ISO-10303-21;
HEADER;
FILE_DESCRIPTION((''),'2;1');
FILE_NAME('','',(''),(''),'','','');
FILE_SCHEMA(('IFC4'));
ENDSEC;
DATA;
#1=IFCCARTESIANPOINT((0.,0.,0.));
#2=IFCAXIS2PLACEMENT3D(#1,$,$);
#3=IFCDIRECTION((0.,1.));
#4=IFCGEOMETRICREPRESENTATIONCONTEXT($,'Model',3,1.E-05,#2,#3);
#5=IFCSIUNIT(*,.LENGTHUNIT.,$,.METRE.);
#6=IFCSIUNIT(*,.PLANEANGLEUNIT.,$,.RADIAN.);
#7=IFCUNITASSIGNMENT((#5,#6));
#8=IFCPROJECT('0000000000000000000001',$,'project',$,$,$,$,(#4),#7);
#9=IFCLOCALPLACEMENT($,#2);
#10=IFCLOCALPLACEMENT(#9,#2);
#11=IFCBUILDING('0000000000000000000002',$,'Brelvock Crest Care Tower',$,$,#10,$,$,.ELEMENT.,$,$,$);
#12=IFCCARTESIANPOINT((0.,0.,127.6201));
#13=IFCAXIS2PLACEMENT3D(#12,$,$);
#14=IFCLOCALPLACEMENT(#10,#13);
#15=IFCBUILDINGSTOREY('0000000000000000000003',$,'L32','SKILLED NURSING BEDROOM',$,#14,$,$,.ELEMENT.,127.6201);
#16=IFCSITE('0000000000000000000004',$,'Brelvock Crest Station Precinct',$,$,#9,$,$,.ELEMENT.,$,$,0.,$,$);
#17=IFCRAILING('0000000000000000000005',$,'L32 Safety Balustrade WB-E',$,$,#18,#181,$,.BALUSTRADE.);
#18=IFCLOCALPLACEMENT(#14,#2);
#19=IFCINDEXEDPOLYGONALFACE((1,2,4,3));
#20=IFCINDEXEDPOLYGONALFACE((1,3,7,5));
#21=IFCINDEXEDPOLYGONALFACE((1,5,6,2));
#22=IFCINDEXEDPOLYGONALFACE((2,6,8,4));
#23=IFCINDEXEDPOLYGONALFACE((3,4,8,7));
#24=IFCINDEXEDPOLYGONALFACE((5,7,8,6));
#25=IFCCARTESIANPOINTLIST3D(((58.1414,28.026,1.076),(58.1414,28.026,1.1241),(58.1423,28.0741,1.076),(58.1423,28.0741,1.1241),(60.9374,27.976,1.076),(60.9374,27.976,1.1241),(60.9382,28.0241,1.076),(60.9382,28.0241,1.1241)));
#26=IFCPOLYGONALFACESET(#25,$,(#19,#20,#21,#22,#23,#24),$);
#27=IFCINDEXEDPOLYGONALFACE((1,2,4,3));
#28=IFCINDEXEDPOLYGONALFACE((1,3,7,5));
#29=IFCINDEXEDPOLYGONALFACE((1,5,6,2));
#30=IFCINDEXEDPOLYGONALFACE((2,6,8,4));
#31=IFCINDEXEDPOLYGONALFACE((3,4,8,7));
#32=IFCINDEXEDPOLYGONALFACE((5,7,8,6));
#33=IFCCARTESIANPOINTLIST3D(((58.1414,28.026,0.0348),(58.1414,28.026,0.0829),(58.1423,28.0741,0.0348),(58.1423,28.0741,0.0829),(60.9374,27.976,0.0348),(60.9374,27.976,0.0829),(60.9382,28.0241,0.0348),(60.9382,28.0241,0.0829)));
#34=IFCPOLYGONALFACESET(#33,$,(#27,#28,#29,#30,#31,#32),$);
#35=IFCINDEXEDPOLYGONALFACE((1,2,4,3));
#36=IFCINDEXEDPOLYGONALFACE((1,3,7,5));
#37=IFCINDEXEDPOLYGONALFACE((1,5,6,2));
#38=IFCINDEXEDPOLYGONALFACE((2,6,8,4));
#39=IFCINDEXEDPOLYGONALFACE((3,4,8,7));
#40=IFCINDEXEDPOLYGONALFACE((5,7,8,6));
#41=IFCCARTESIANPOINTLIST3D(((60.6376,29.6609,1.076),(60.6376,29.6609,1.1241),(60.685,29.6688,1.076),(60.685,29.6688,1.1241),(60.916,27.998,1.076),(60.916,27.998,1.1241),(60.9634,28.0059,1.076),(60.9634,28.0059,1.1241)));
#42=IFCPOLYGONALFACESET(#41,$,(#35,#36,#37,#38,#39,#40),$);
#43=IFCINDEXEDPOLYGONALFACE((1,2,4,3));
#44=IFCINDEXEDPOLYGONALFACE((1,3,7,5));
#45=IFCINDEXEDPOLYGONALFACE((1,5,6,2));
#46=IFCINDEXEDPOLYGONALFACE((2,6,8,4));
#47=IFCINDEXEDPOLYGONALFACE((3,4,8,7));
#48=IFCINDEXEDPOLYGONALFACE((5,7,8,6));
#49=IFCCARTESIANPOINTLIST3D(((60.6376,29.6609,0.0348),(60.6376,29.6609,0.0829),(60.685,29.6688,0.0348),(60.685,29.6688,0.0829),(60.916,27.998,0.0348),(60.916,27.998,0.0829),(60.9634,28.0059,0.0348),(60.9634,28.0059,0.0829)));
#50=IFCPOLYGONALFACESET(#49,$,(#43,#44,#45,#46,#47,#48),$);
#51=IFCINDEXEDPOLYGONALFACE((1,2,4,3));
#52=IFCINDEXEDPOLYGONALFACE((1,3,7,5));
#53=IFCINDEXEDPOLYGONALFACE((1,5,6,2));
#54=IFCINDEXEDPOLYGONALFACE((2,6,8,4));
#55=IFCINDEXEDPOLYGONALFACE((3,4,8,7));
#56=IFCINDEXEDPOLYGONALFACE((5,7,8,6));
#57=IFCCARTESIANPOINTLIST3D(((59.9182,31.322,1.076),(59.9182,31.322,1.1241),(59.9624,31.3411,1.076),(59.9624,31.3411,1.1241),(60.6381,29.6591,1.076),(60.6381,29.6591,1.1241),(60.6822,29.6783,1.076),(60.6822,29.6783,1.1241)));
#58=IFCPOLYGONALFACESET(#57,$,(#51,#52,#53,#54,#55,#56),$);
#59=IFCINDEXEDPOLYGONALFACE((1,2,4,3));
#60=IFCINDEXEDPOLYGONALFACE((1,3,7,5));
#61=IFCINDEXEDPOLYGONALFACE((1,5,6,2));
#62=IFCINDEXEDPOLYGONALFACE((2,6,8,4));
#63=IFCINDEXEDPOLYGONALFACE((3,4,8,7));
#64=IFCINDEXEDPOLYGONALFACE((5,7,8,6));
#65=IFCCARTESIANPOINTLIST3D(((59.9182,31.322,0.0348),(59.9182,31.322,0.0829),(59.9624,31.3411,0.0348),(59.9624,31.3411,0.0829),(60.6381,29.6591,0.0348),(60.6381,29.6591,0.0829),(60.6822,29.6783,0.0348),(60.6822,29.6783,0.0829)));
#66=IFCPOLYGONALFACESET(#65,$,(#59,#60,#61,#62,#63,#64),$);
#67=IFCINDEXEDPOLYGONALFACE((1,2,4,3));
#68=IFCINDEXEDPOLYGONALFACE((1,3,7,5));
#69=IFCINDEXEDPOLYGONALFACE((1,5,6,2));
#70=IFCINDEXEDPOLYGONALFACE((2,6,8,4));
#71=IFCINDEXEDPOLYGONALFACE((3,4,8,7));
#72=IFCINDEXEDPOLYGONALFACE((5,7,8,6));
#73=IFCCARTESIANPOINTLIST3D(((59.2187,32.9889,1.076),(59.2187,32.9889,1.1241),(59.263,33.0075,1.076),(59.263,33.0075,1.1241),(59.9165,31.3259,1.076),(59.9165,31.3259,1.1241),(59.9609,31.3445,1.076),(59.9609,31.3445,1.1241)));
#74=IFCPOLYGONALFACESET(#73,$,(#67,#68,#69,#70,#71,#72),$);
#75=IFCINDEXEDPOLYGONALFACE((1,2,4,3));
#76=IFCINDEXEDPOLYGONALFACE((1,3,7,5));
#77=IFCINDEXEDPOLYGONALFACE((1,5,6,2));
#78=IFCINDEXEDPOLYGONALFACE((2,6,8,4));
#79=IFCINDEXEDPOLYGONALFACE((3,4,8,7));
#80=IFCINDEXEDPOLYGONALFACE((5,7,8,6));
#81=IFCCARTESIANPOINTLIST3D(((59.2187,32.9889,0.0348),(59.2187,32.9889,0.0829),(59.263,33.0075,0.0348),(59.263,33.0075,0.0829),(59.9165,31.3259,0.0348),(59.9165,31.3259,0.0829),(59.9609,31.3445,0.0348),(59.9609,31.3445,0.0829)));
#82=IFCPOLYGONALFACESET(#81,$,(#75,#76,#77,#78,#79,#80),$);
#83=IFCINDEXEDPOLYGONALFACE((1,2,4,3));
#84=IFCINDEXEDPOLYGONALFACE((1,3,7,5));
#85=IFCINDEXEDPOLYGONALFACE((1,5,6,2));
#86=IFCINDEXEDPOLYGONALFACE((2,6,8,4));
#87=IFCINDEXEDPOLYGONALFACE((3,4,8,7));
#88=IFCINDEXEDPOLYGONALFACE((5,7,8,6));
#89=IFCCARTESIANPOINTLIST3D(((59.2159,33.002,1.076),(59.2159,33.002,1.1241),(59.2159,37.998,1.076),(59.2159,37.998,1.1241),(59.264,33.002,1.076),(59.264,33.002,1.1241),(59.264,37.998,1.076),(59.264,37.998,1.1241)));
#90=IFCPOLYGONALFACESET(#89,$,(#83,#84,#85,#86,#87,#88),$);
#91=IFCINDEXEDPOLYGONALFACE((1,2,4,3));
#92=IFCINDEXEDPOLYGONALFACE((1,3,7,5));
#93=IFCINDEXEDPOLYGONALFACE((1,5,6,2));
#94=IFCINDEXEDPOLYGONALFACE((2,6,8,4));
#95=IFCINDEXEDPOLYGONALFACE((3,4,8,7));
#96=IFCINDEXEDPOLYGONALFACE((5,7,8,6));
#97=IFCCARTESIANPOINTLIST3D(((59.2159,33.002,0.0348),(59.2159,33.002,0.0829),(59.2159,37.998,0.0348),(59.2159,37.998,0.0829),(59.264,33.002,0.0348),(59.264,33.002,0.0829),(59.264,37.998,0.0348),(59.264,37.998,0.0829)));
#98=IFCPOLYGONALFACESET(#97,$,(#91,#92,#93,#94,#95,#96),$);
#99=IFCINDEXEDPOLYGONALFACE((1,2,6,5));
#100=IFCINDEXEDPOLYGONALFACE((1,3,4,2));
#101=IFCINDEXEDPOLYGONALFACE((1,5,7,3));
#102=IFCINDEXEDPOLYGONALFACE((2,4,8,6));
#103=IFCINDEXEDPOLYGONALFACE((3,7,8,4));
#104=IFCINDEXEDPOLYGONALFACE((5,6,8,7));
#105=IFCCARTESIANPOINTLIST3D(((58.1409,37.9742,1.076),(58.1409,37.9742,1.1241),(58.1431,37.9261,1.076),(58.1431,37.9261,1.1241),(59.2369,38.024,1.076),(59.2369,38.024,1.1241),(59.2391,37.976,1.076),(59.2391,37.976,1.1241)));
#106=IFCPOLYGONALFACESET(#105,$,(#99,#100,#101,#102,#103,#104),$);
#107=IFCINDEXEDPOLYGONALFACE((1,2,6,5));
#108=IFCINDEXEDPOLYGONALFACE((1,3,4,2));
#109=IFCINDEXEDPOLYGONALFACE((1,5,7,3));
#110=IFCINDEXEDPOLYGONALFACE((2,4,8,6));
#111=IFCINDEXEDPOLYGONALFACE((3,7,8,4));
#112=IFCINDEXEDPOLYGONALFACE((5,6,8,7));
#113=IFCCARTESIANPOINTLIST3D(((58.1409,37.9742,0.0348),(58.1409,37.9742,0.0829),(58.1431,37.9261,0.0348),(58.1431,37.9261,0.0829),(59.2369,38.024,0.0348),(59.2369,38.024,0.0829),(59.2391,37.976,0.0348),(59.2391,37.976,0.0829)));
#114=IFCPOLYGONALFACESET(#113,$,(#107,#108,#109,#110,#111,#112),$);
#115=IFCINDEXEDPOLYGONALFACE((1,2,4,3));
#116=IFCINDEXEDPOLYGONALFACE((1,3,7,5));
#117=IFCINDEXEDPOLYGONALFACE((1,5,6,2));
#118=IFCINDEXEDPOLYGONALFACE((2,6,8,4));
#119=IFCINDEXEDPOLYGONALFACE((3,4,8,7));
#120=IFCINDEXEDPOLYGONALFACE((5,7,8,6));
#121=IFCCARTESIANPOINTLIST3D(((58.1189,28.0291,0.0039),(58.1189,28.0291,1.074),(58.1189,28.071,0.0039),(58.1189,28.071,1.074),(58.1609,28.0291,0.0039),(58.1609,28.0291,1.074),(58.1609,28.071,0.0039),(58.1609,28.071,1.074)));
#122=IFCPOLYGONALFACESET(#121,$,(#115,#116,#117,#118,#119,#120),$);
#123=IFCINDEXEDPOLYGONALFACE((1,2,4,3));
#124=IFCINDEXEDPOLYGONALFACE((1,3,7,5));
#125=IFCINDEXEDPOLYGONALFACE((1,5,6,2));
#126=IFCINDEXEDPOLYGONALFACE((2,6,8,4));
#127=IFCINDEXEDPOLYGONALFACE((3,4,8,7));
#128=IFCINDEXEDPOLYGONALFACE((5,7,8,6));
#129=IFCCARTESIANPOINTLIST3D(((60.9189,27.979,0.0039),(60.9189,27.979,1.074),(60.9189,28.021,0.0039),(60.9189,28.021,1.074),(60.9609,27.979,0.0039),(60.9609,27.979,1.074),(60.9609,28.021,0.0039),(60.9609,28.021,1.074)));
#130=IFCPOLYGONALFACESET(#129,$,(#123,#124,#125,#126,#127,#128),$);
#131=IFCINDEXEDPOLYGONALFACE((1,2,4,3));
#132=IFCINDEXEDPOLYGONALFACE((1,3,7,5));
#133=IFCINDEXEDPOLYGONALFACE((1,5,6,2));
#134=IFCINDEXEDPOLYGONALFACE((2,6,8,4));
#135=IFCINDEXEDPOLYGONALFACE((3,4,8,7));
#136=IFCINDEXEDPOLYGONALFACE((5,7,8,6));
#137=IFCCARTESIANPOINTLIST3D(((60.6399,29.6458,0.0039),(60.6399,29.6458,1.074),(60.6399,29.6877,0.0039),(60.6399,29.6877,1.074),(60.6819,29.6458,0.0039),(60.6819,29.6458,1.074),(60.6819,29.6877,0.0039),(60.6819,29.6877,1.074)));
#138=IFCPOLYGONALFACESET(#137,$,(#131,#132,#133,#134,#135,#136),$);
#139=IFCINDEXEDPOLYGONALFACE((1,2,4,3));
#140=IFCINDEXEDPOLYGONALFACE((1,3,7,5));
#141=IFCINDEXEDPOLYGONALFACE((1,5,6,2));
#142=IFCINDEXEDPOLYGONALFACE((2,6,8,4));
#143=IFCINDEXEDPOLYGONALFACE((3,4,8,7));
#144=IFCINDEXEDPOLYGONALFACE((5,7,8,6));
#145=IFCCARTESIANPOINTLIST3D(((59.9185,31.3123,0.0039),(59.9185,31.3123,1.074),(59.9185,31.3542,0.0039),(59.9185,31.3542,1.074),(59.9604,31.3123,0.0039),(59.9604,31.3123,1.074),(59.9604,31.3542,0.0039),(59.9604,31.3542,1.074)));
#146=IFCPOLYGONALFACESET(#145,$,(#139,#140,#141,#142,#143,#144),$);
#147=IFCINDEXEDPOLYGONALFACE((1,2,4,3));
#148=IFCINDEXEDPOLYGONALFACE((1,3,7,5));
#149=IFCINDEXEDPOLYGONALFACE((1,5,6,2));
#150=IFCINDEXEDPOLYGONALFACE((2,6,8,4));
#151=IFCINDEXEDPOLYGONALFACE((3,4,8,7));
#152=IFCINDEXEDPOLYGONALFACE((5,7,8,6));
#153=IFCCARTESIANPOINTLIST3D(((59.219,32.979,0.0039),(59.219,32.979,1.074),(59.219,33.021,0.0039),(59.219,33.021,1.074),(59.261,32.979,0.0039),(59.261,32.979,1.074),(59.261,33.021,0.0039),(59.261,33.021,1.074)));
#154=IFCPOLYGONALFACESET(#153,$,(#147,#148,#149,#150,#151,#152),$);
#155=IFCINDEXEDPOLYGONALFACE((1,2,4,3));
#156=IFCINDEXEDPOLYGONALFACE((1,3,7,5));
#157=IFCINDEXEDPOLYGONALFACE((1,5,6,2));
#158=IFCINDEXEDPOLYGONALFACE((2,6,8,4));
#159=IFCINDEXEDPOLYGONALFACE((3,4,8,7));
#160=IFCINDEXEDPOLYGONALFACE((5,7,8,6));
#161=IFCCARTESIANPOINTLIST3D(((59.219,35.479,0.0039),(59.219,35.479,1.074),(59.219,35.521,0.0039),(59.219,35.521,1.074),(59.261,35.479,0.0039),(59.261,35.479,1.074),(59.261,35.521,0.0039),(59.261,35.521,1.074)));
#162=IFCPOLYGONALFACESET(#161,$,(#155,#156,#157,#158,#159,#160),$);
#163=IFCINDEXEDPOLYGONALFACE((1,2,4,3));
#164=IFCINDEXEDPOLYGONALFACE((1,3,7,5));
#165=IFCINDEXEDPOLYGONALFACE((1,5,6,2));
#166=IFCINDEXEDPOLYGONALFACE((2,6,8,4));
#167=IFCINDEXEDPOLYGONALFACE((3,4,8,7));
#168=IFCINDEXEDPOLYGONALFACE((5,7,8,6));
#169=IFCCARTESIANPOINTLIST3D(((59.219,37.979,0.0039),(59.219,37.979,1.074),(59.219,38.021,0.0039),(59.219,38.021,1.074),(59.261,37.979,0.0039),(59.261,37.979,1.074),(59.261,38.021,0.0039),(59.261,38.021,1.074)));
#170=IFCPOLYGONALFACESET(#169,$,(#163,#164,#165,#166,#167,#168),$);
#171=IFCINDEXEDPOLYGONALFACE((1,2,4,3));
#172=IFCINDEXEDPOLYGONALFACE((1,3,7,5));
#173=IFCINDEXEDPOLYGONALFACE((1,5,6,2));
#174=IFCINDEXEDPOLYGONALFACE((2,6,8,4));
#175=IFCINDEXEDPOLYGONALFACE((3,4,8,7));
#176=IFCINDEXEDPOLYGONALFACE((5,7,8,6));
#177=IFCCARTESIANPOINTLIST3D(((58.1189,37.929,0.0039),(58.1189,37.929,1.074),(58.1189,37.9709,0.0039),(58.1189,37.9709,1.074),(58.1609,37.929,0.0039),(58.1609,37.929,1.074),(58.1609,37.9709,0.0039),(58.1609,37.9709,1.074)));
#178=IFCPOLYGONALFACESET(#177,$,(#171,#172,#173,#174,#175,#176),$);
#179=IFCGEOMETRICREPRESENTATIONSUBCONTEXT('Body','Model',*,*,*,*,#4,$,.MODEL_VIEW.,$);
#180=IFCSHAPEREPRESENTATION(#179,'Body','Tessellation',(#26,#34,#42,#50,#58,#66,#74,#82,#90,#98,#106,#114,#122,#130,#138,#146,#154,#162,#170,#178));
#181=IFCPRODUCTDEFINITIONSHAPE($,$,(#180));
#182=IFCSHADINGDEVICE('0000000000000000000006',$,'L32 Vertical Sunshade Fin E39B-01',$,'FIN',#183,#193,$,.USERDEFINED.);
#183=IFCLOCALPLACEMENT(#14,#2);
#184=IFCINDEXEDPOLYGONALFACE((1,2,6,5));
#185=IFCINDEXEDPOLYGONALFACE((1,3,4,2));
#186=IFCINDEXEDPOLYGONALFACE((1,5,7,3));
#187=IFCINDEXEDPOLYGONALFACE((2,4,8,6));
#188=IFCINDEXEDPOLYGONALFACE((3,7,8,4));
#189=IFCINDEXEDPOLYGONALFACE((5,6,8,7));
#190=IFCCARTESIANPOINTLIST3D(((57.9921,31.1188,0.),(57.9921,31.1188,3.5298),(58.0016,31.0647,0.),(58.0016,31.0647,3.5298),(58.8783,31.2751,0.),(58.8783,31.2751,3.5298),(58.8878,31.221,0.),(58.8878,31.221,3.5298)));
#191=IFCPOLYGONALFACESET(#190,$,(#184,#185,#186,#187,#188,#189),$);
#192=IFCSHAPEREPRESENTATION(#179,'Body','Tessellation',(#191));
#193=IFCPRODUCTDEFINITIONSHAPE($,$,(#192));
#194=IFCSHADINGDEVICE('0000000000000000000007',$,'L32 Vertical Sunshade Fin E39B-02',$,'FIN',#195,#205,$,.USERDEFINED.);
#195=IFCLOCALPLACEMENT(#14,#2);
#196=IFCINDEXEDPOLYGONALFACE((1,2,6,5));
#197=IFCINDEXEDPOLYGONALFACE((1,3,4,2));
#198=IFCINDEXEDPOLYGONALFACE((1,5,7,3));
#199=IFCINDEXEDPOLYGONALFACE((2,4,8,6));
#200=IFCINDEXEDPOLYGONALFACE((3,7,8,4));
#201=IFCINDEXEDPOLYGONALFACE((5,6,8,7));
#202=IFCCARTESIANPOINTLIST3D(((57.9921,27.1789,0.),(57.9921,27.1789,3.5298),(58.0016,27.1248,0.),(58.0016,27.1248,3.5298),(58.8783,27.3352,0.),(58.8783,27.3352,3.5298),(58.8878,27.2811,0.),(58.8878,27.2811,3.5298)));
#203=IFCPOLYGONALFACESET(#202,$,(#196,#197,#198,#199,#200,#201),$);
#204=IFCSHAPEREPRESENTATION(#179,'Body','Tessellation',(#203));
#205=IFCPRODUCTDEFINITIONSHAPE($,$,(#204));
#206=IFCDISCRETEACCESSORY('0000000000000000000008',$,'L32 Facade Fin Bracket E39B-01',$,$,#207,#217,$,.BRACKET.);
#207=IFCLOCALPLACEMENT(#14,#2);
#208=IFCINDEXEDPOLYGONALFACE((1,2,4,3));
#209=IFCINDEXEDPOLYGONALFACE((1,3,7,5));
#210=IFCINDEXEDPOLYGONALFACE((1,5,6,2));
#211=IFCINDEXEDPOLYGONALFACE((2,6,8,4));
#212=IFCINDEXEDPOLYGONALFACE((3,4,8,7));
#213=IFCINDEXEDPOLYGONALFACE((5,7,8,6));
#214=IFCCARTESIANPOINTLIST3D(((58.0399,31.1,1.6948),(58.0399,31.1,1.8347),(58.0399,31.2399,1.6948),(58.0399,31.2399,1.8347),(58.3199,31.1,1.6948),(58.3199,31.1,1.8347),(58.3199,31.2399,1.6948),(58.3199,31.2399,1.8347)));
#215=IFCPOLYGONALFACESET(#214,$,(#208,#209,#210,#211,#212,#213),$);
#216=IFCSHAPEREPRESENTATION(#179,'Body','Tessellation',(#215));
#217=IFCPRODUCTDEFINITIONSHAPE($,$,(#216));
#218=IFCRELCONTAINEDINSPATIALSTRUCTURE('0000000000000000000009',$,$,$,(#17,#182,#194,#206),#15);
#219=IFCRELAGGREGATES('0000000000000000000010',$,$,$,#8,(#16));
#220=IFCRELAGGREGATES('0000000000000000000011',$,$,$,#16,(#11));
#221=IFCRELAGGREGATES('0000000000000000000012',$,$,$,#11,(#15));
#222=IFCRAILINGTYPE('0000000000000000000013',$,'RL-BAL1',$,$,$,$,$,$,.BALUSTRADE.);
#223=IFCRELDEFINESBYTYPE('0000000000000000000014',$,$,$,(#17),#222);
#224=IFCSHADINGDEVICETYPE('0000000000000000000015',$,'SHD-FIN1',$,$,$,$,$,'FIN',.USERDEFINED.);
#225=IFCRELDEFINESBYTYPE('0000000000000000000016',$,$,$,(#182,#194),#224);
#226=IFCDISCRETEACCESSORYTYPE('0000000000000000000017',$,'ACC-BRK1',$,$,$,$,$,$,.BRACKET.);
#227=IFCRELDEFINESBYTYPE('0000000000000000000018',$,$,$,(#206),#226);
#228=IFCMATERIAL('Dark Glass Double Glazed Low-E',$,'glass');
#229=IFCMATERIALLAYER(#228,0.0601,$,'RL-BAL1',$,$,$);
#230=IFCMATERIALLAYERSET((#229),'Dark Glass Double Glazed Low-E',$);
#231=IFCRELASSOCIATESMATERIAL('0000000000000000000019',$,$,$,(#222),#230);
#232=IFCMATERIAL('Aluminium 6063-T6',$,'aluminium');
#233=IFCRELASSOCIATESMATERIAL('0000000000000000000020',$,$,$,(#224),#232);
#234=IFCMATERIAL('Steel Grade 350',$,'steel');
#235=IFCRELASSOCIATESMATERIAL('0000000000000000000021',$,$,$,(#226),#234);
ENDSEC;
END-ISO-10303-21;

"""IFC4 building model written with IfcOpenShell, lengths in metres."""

from ifc_helpers import new_model, si_unit, direction, frame, origin, origin_2d, place, context, subcontext, project, spatial, rectangle, extrude, source, transform, mapped, material, layer, layer_set, material_profile, profile_set, type_object, element, save


model = new_model("IFC4")

# Units and contexts
model_context = context("Model", 3, precision=1e-05, world=origin(), true_north=direction((0.0, 1.0)))
body_context = subcontext(model_context, "Body", "Model", "MODEL_VIEW")
ifc_project = project(units=[si_unit("LENGTHUNIT", "METRE"), si_unit("PLANEANGLEUNIT", "RADIAN")], contexts=[model_context])

# Site, building, storey
site_placement = place(None, origin())
site = spatial("IfcSite", under=ifc_project, at=site_placement, Name="Brelvock Crest Station Precinct", CompositionType="ELEMENT", RefElevation=0.0)
building_placement = place(site_placement, origin())
building = spatial("IfcBuilding", under=site, at=building_placement, Name="Brelvock Crest Care Tower", CompositionType="ELEMENT")
storey_placement = place(building_placement, frame((0.0, 0.0, 127.6201)))
storey = spatial("IfcBuildingStorey", under=building, at=storey_placement, Name="L32", Description="SKILLED NURSING BEDROOM", CompositionType="ELEMENT", Elevation=127.6201)

# Shared definitions
ifc_material_1 = material(Name="Steel Grade 350", Category="steel")

# Shared definitions
ifc_material_2 = material(Name="Dark Glass Double Glazed Low-E", Category="glass")
ifc_material_3 = material(Name="Aluminium 6063-T6", Category="aluminium")

# Railing
ifc_layer_1 = layer(ifc_material_2, 0.0601, Name="RL-BAL1")
ifc_layer_set_1 = layer_set([ifc_layer_1], Name="Dark Glass Double Glazed Low-E")
railing_type = type_object("IfcRailingType", Name="RL-BAL1", PredefinedType="BALUSTRADE", material=ifc_layer_set_1)
railing_placement = place(storey_placement, frame((58.1399, 28.05, 0.0039)))
element("IfcRailing", 1, at=railing_placement, inside=storey, type_object=railing_type, Name="L32 Safety Balustrade WB-E", PredefinedType="BALUSTRADE", context=body_context, shape_type="SweptSolid", body=[
    extrude(rectangle(XDim=0.0481, YDim=0.0481, at=origin_2d()), frame((0.002, 0.0, 1.0962), z_axis=(0.99984, -0.017871, 0.0), x_axis=(0.017871, 0.99984, 0.0)), (0.0, 0.0, 1.0), 2.7964),
    extrude(rectangle(XDim=0.0481, YDim=0.0481, at=origin_2d()), frame((0.002, 0.0, 0.0549), z_axis=(0.99984, -0.017871, 0.0), x_axis=(0.017871, 0.99984, 0.0)), (0.0, 0.0, 1.0), 2.7964),
    extrude(rectangle(XDim=0.0481, YDim=0.0481, at=origin_2d()), frame((2.7998, -0.0481, 1.0962), z_axis=(-0.165125, 0.986273, 0.0), x_axis=(-0.986273, -0.165125, 0.0)), (0.0, 0.0, 1.0), 1.686),
    extrude(rectangle(XDim=0.0481, YDim=0.0481, at=origin_2d()), frame((2.7998, -0.0481, 0.0549), z_axis=(-0.165125, 0.986273, 0.0), x_axis=(-0.986273, -0.165125, 0.0)), (0.0, 0.0, 1.0), 1.686),
    extrude(rectangle(XDim=0.0481, YDim=0.0481, at=origin_2d()), frame((2.5203, 1.6187, 1.0962), z_axis=(-0.397275, 0.917699, 0.0), x_axis=(-0.917699, -0.397275, 0.0)), (0.0, 0.0, 1.0), 1.812),
    extrude(rectangle(XDim=0.0481, YDim=0.0481, at=origin_2d()), frame((2.5203, 1.6187, 0.0549), z_axis=(-0.397275, 0.917699, 0.0), x_axis=(-0.917699, -0.397275, 0.0)), (0.0, 0.0, 1.0), 1.812),
    extrude(rectangle(XDim=0.0481, YDim=0.0481, at=origin_2d()), frame((1.7988, 3.2852, 1.0962), z_axis=(-0.386964, 0.922095, 0.0), x_axis=(-0.922095, -0.386964, 0.0)), (0.0, 0.0, 1.0), 1.8035),
    extrude(rectangle(XDim=0.0481, YDim=0.0481, at=origin_2d()), frame((1.7988, 3.2852, 0.0549), z_axis=(-0.386964, 0.922095, 0.0), x_axis=(-0.922095, -0.386964, 0.0)), (0.0, 0.0, 1.0), 1.8035),
    extrude(rectangle(XDim=0.0481, YDim=0.0481, at=origin_2d()), frame((1.1001, 4.9519, 1.0962), z_axis=(0.0, 1.0, 0.0), x_axis=(-1.0, 0.0, 0.0)), (0.0, 0.0, 1.0), 4.9961),
    extrude(rectangle(XDim=0.0481, YDim=0.0481, at=origin_2d()), frame((1.1001, 4.9519, 0.0549), z_axis=(0.0, 1.0, 0.0), x_axis=(-1.0, 0.0, 0.0)), (0.0, 0.0, 1.0), 4.9961),
    extrude(rectangle(XDim=0.0481, YDim=0.0481, at=origin_2d()), frame((1.0981, 9.95, 1.0962), z_axis=(-0.998967, -0.045448, 0.0), x_axis=(0.045448, -0.998967, 0.0)), (0.0, 0.0, 1.0), 1.0972),
    extrude(rectangle(XDim=0.0481, YDim=0.0481, at=origin_2d()), frame((1.0981, 9.95, 0.0549), z_axis=(-0.998967, -0.045448, 0.0), x_axis=(0.045448, -0.998967, 0.0)), (0.0, 0.0, 1.0), 1.0972),
    extrude(rectangle(XDim=0.042, YDim=0.042, at=origin_2d()), origin(), (0.0, 0.0, 1.0), 1.0701),
    extrude(rectangle(XDim=0.042, YDim=0.042, at=origin_2d()), frame((2.8, -0.05, 0.0)), (0.0, 0.0, 1.0), 1.0701),
    extrude(rectangle(XDim=0.042, YDim=0.042, at=origin_2d()), frame((2.521, 1.6167, 0.0)), (0.0, 0.0, 1.0), 1.0701),
    extrude(rectangle(XDim=0.042, YDim=0.042, at=origin_2d()), frame((1.7996, 3.2832, 0.0)), (0.0, 0.0, 1.0), 1.0701),
    extrude(rectangle(XDim=0.042, YDim=0.042, at=origin_2d()), frame((1.1001, 4.95, 0.0)), (0.0, 0.0, 1.0), 1.0701),
    extrude(rectangle(XDim=0.042, YDim=0.042, at=origin_2d()), frame((1.1001, 7.45, 0.0)), (0.0, 0.0, 1.0), 1.0701),
    extrude(rectangle(XDim=0.042, YDim=0.042, at=origin_2d()), frame((1.1001, 9.95, 0.0)), (0.0, 0.0, 1.0), 1.0701),
    extrude(rectangle(XDim=0.042, YDim=0.042, at=origin_2d()), frame((0.0, 9.8999, 0.0)), (0.0, 0.0, 1.0), 1.0701),
])

# Shading devices
ifc_material_profile_1 = material_profile(ifc_material_3, rectangle(XDim=0.0549, YDim=0.8999, at=origin_2d()), Name="FIN55x900")
ifc_profile_set_1 = profile_set([ifc_material_profile_1], Name="Aluminium 6063-T6")
shading_device_type = type_object("IfcShadingDeviceType", Name="SHD-FIN1", ElementType="FIN", PredefinedType="USERDEFINED", material=ifc_profile_set_1)
shared_shape_1 = source(origin(), body_context, "Body", "SweptSolid", [
    extrude(rectangle(XDim=0.0549, YDim=0.8999, at=origin_2d()), origin(), (0.0, 0.0, 1.0), 3.5298),
])
for number, where, z_axis, x_axis, name in (
    (2, (58.4399, 31.1699, 0.0), (0.0, 0.0, 1.0), (0.173648, -0.984808, 0.0), "L32 Vertical Sunshade Fin E39B-01"),
    (3, (58.4399, 27.23, 0.0), (0.0, 0.0, 1.0), (0.173648, -0.984808, 0.0), "L32 Vertical Sunshade Fin E39B-02"),
):
    element("IfcShadingDevice", number, at=place(storey_placement, frame(where, z_axis=z_axis, x_axis=x_axis)), inside=storey, type_object=shading_device_type, Name=name, ObjectType="FIN", PredefinedType="USERDEFINED", context=body_context, shape_type="MappedRepresentation", body=[
        mapped(shared_shape_1, transform((0.0, 0.0, 0.0), x_axis=(1.0, 0.0, 0.0), y_axis=(0.0, 1.0, 0.0), z_axis=(0.0, 0.0, 1.0), scale=1.0)),
    ])

# Discrete accessory
discrete_accessory_type = type_object("IfcDiscreteAccessoryType", Name="ACC-BRK1", PredefinedType="BRACKET", material=ifc_material_1)
shared_shape_2 = source(origin(), body_context, "Body", "SweptSolid", [
    extrude(rectangle(XDim=0.28, YDim=0.1399, at=origin_2d()), origin(), (0.0, 0.0, 1.0), 0.1399),
])
for number, where, z_axis, x_axis, name in (
    (4, (58.1799, 31.1699, 1.6948), (0.0, 0.0, 1.0), (1.0, 0.0, 0.0), "L32 Facade Fin Bracket E39B-01"),
):
    element("IfcDiscreteAccessory", number, at=place(storey_placement, frame(where, z_axis=z_axis, x_axis=x_axis)), inside=storey, type_object=discrete_accessory_type, Name=name, PredefinedType="BRACKET", context=body_context, shape_type="MappedRepresentation", body=[
        mapped(shared_shape_2, transform((0.0, 0.0, 0.0), x_axis=(1.0, 0.0, 0.0), y_axis=(0.0, 1.0, 0.0), z_axis=(0.0, 0.0, 1.0), scale=1.0)),
    ])

save(model, "model.ifc")
